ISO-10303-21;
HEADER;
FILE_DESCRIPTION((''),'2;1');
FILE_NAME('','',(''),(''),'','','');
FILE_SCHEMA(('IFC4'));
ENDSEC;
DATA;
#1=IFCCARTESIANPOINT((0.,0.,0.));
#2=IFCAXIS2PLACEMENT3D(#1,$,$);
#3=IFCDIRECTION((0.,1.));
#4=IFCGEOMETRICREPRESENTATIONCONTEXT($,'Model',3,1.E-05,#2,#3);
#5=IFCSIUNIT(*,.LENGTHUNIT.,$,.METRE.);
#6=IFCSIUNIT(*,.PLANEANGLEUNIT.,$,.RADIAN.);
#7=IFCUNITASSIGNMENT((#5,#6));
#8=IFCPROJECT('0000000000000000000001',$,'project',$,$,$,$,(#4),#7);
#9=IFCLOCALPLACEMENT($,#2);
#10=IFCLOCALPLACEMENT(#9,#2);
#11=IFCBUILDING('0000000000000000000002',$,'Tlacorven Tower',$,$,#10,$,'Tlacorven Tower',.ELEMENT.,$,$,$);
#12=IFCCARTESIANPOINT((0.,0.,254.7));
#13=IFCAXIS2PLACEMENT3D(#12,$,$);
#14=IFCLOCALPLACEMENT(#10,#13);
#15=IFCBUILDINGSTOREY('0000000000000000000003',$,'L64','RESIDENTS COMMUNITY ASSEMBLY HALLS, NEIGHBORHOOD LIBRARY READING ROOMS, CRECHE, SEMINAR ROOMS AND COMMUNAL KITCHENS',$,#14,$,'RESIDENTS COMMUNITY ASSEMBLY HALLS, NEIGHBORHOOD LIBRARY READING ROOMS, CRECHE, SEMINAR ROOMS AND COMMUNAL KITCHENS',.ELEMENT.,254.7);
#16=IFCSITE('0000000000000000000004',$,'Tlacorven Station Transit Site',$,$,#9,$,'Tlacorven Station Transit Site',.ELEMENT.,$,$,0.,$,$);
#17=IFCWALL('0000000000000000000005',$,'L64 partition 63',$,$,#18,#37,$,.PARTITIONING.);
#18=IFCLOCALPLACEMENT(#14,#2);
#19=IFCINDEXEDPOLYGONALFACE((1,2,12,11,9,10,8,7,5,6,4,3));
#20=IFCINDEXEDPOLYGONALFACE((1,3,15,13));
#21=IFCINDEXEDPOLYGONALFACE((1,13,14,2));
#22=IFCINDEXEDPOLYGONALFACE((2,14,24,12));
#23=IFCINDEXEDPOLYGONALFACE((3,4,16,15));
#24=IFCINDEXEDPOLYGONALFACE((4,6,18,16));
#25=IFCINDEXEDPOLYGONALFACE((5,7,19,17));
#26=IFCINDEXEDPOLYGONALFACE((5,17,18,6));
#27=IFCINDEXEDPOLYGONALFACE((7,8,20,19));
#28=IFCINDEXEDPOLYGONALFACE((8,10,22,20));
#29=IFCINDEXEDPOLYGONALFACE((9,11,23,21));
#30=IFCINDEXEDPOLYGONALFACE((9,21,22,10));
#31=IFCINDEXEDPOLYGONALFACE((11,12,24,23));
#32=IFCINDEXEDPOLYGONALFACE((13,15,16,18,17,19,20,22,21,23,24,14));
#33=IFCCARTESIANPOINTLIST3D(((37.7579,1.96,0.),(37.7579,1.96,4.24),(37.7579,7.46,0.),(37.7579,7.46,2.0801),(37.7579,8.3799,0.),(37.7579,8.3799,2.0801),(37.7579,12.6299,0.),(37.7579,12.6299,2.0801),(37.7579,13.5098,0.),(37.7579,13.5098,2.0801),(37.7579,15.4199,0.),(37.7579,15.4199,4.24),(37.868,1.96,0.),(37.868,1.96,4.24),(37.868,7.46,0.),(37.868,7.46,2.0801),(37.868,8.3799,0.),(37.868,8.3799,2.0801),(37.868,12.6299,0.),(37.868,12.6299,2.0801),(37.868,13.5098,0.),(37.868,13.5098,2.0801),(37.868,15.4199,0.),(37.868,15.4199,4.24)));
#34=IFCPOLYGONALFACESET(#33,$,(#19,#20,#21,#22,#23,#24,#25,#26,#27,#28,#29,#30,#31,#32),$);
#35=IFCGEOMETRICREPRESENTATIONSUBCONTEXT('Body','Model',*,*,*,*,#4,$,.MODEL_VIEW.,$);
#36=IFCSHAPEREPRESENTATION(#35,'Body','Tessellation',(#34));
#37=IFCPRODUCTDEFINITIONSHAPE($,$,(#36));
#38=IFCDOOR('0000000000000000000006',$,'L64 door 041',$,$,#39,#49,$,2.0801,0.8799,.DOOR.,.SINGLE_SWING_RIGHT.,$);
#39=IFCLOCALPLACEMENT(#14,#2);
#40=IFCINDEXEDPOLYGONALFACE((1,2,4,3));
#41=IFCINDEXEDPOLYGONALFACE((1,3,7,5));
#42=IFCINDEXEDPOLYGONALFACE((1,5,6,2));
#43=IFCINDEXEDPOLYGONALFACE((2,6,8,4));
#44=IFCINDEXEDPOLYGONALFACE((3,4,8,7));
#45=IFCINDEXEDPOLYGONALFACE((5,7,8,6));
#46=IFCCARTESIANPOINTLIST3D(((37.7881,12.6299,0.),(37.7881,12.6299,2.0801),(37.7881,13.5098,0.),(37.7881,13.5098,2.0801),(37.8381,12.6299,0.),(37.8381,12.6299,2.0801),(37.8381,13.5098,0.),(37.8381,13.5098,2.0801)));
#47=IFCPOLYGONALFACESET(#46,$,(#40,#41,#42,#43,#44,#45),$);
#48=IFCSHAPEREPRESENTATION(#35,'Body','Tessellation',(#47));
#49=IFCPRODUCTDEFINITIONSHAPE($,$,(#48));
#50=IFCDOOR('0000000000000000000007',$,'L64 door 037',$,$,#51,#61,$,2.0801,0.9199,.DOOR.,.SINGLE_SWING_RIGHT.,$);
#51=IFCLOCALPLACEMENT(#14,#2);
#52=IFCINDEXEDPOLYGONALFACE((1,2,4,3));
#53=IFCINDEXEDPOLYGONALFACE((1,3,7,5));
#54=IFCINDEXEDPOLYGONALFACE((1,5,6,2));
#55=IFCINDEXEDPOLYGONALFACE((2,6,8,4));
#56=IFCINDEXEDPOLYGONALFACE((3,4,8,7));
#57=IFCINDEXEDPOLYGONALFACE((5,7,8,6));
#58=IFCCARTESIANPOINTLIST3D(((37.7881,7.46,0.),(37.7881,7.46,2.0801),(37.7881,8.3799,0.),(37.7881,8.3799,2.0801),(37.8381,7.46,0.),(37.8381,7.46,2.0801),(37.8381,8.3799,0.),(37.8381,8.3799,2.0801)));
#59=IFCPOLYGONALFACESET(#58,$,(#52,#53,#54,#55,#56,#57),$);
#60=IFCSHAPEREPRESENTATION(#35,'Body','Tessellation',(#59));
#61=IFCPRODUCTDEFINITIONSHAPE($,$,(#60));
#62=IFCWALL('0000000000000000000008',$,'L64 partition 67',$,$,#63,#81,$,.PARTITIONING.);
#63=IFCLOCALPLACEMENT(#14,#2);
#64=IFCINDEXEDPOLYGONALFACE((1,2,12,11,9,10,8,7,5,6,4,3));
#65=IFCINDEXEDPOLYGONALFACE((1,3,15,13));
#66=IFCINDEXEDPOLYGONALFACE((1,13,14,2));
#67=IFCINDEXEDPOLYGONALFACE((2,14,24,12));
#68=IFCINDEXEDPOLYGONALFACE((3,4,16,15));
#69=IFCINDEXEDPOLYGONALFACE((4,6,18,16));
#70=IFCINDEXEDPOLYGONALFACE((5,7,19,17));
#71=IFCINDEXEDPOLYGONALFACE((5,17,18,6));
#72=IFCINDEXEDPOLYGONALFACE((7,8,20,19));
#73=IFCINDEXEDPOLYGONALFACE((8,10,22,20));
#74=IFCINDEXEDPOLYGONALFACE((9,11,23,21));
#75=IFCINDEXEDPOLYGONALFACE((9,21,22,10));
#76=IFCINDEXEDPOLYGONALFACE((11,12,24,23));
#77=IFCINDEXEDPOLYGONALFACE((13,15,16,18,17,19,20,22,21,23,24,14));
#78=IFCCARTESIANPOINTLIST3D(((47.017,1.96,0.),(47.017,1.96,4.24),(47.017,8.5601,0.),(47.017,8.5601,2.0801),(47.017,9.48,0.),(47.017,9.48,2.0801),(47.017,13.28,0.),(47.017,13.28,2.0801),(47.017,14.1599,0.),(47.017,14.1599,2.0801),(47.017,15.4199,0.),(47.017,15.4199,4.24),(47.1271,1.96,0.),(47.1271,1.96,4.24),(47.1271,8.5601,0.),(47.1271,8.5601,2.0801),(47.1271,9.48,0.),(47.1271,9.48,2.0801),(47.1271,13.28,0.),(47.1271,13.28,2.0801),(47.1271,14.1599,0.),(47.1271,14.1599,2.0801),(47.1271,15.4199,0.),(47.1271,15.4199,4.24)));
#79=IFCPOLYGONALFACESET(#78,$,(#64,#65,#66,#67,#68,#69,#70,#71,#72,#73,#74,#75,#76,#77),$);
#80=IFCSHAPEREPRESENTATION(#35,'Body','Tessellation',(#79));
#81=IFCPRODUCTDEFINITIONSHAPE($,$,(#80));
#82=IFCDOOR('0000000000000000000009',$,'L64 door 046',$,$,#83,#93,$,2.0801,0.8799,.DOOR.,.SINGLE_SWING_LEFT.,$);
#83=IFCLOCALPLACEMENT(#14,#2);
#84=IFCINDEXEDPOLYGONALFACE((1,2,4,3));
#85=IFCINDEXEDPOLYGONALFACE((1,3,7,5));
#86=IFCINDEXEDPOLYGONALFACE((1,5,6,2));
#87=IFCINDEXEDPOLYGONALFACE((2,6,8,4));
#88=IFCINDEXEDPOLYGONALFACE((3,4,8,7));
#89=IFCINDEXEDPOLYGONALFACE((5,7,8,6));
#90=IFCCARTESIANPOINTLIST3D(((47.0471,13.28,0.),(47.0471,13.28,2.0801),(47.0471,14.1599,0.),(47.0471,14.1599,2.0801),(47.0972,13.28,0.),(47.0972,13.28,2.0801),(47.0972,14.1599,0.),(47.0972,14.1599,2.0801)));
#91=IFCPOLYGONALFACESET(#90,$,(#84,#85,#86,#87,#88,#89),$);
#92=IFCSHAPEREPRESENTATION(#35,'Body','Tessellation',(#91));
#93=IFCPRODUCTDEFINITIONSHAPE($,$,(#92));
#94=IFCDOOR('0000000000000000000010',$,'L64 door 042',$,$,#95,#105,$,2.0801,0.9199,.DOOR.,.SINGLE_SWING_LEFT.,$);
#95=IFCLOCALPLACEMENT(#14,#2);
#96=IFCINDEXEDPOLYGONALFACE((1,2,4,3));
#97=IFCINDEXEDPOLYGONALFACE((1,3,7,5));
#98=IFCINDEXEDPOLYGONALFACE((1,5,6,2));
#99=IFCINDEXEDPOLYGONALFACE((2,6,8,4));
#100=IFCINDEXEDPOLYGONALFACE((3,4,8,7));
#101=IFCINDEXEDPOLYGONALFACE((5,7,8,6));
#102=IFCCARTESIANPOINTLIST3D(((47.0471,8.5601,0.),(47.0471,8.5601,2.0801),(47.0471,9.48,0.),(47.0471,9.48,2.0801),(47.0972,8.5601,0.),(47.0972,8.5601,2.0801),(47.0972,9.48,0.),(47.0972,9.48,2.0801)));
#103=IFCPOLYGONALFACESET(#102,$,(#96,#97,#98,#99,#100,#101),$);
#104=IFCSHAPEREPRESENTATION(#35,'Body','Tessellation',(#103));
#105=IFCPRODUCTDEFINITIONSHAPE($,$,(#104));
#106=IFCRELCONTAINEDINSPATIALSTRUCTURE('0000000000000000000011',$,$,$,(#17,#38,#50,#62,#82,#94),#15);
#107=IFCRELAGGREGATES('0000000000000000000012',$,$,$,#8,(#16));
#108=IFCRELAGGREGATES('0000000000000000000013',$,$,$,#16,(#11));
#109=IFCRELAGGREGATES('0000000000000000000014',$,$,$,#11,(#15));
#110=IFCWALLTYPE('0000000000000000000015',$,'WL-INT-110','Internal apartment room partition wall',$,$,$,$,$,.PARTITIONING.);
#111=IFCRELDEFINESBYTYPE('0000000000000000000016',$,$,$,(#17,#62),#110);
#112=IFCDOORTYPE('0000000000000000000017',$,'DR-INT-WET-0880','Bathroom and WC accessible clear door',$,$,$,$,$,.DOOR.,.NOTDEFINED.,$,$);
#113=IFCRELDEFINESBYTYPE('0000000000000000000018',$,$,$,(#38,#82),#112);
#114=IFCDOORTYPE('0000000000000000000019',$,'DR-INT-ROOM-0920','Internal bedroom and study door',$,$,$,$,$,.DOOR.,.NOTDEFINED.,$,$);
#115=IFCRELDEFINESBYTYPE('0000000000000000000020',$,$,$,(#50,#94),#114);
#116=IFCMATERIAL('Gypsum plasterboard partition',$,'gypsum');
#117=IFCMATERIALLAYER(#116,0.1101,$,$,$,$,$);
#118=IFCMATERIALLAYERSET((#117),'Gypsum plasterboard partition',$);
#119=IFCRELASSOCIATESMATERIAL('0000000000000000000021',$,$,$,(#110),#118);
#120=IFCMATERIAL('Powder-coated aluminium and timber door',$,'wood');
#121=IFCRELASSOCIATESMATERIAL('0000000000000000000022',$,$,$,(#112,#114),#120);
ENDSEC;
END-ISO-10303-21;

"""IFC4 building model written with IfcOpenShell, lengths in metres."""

from ifc_helpers import new_model, si_unit, direction, frame, frame_2d, origin, place, context, subcontext, project, spatial, rectangle, extrude, source, transform, mapped, material, layer, layer_set, type_object, element, fill, save


model = new_model("IFC4")

# Units and contexts
model_context = context("Model", 3, precision=1e-05, world=origin(), true_north=direction((0.0, 1.0)))
body_context = subcontext(model_context, "Body", "Model", "MODEL_VIEW")
ifc_project = project(units=[si_unit("LENGTHUNIT", "METRE"), si_unit("PLANEANGLEUNIT", "RADIAN")], contexts=[model_context])

# Site, building, storey
site_placement = place(None, origin())
site = spatial("IfcSite", under=ifc_project, at=site_placement, Name="Tlacorven Station Transit Site", LongName="Tlacorven Station Transit Site", CompositionType="ELEMENT", RefElevation=0.0)
building_placement = place(site_placement, origin())
building = spatial("IfcBuilding", under=site, at=building_placement, Name="Tlacorven Tower", LongName="Tlacorven Tower", CompositionType="ELEMENT")
storey_placement = place(building_placement, frame((0.0, 0.0, 254.7)))
storey = spatial("IfcBuildingStorey", under=building, at=storey_placement, Name="L64", Description="RESIDENTS COMMUNITY ASSEMBLY HALLS, NEIGHBORHOOD LIBRARY READING ROOMS, CRECHE, SEMINAR ROOMS AND COMMUNAL KITCHENS", LongName="RESIDENTS COMMUNITY ASSEMBLY HALLS, NEIGHBORHOOD LIBRARY READING ROOMS, CRECHE, SEMINAR ROOMS AND COMMUNAL KITCHENS", CompositionType="ELEMENT", Elevation=254.7)

# Walls, openings, doors
ifc_material_1 = material(Name="Gypsum plasterboard partition", Category="gypsum")
ifc_layer_1 = layer(ifc_material_1, 0.1101)
ifc_layer_set_1 = layer_set([ifc_layer_1], Name="Gypsum plasterboard partition")
wall_type_1 = type_object("IfcWallType", Name="WL-INT-110", Description="Internal apartment room partition wall", PredefinedType="PARTITIONING", material=ifc_layer_set_1)
wall_1_placement = place(storey_placement, frame((37.813, 1.96, 0.0), z_axis=(0.0, 0.0, 1.0), x_axis=(0.0, 1.0, 0.0)))
wall_1 = element("IfcWall", 1, at=wall_1_placement, inside=storey, type_object=wall_type_1, Name="L64 partition 63", PredefinedType="PARTITIONING", context=body_context, shape_type="SweptSolid", body=[
    extrude(rectangle(XDim=13.46, YDim=0.1101, at=frame_2d((6.73, 0.0))), origin(), (0.0, 0.0, 1.0), 4.24),
])
opening_1_placement = place(wall_1_placement, frame((5.5, 0.0, 0.0)))
opening_1 = element("IfcOpeningElement", 2, at=opening_1_placement, cuts=wall_1, PredefinedType="OPENING", context=body_context, shape_type="SweptSolid", body=[
    extrude(rectangle(XDim=0.9199, YDim=2.0801, at=frame_2d((0.46, 1.04))), frame((0.0, 0.0649, 0.0), z_axis=(0.0, -1.0, 0.0), x_axis=(1.0, 0.0, 0.0)), (0.0, 0.0, 1.0), 0.1301),
])
opening_2_placement = place(wall_1_placement, frame((10.6699, 0.0, 0.0)))
opening_2 = element("IfcOpeningElement", 3, at=opening_2_placement, cuts=wall_1, PredefinedType="OPENING", context=body_context, shape_type="SweptSolid", body=[
    extrude(rectangle(XDim=0.8799, YDim=2.0801, at=frame_2d((0.4399, 1.04))), frame((0.0, 0.0649, 0.0), z_axis=(0.0, -1.0, 0.0), x_axis=(1.0, 0.0, 0.0)), (0.0, 0.0, 1.0), 0.1301),
])
ifc_material_2 = material(Name="Powder-coated aluminium and timber door", Category="wood")
door_type_1 = type_object("IfcDoorType", Name="DR-INT-WET-0880", Description="Bathroom and WC accessible clear door", OperationType="NOTDEFINED", PredefinedType="DOOR", material=ifc_material_2)
shared_shape_1 = source(origin(), body_context, "Body", "SweptSolid", [
    extrude(rectangle(XDim=0.8799, YDim=2.0801, at=frame_2d((0.4399, 1.04))), frame((0.0, 0.0249, 0.0), z_axis=(0.0, -1.0, 0.0), x_axis=(1.0, 0.0, 0.0)), (0.0, 0.0, 1.0), 0.05),
])
door_1_placement = place(opening_2_placement, origin())
door_1 = element("IfcDoor", 4, at=door_1_placement, inside=storey, type_object=door_type_1, Name="L64 door 041", OperationType="SINGLE_SWING_RIGHT", OverallHeight=2.0801, OverallWidth=0.8799, PredefinedType="DOOR", context=body_context, shape_type="MappedRepresentation", body=[
    mapped(shared_shape_1, transform((0.0, 0.0, 0.0), scale=1.0)),
])
fill(opening_2, door_1)
door_type_2 = type_object("IfcDoorType", Name="DR-INT-ROOM-0920", Description="Internal bedroom and study door", OperationType="NOTDEFINED", PredefinedType="DOOR", material=ifc_material_2)
shared_shape_2 = source(origin(), body_context, "Body", "SweptSolid", [
    extrude(rectangle(XDim=0.9199, YDim=2.0801, at=frame_2d((0.46, 1.04))), frame((0.0, 0.0249, 0.0), z_axis=(0.0, -1.0, 0.0), x_axis=(1.0, 0.0, 0.0)), (0.0, 0.0, 1.0), 0.05),
])
door_2_placement = place(opening_1_placement, origin())
door_2 = element("IfcDoor", 5, at=door_2_placement, inside=storey, type_object=door_type_2, Name="L64 door 037", OperationType="SINGLE_SWING_RIGHT", OverallHeight=2.0801, OverallWidth=0.9199, PredefinedType="DOOR", context=body_context, shape_type="MappedRepresentation", body=[
    mapped(shared_shape_2, transform((0.0, 0.0, 0.0), scale=1.0)),
])
fill(opening_1, door_2)
wall_2_placement = place(storey_placement, frame((47.072, 1.96, 0.0), z_axis=(0.0, 0.0, 1.0), x_axis=(0.0, 1.0, 0.0)))
wall_2 = element("IfcWall", 6, at=wall_2_placement, inside=storey, type_object=wall_type_1, Name="L64 partition 67", PredefinedType="PARTITIONING", context=body_context, shape_type="SweptSolid", body=[
    extrude(rectangle(XDim=13.46, YDim=0.1101, at=frame_2d((6.73, 0.0))), origin(), (0.0, 0.0, 1.0), 4.24),
])
opening_3_placement = place(wall_2_placement, frame((6.6001, 0.0, 0.0)))
opening_3 = element("IfcOpeningElement", 7, at=opening_3_placement, cuts=wall_2, PredefinedType="OPENING", context=body_context, shape_type="SweptSolid", body=[
    extrude(rectangle(XDim=0.9199, YDim=2.0801, at=frame_2d((0.46, 1.04))), frame((0.0, 0.0649, 0.0), z_axis=(0.0, -1.0, 0.0), x_axis=(1.0, 0.0, 0.0)), (0.0, 0.0, 1.0), 0.1301),
])
opening_4_placement = place(wall_2_placement, frame((11.3201, 0.0, 0.0)))
opening_4 = element("IfcOpeningElement", 8, at=opening_4_placement, cuts=wall_2, PredefinedType="OPENING", context=body_context, shape_type="SweptSolid", body=[
    extrude(rectangle(XDim=0.8799, YDim=2.0801, at=frame_2d((0.4399, 1.04))), frame((0.0, 0.0649, 0.0), z_axis=(0.0, -1.0, 0.0), x_axis=(1.0, 0.0, 0.0)), (0.0, 0.0, 1.0), 0.1301),
])
door_3_placement = place(opening_4_placement, origin())
door_3 = element("IfcDoor", 9, at=door_3_placement, inside=storey, type_object=door_type_1, Name="L64 door 046", OperationType="SINGLE_SWING_LEFT", OverallHeight=2.0801, OverallWidth=0.8799, PredefinedType="DOOR", context=body_context, shape_type="MappedRepresentation", body=[
    mapped(shared_shape_1, transform((0.0, 0.0, 0.0), scale=1.0)),
])
fill(opening_4, door_3)
door_4_placement = place(opening_3_placement, origin())
door_4 = element("IfcDoor", 10, at=door_4_placement, inside=storey, type_object=door_type_2, Name="L64 door 042", OperationType="SINGLE_SWING_LEFT", OverallHeight=2.0801, OverallWidth=0.9199, PredefinedType="DOOR", context=body_context, shape_type="MappedRepresentation", body=[
    mapped(shared_shape_2, transform((0.0, 0.0, 0.0), scale=1.0)),
])
fill(opening_3, door_4)

save(model, "model.ifc")
